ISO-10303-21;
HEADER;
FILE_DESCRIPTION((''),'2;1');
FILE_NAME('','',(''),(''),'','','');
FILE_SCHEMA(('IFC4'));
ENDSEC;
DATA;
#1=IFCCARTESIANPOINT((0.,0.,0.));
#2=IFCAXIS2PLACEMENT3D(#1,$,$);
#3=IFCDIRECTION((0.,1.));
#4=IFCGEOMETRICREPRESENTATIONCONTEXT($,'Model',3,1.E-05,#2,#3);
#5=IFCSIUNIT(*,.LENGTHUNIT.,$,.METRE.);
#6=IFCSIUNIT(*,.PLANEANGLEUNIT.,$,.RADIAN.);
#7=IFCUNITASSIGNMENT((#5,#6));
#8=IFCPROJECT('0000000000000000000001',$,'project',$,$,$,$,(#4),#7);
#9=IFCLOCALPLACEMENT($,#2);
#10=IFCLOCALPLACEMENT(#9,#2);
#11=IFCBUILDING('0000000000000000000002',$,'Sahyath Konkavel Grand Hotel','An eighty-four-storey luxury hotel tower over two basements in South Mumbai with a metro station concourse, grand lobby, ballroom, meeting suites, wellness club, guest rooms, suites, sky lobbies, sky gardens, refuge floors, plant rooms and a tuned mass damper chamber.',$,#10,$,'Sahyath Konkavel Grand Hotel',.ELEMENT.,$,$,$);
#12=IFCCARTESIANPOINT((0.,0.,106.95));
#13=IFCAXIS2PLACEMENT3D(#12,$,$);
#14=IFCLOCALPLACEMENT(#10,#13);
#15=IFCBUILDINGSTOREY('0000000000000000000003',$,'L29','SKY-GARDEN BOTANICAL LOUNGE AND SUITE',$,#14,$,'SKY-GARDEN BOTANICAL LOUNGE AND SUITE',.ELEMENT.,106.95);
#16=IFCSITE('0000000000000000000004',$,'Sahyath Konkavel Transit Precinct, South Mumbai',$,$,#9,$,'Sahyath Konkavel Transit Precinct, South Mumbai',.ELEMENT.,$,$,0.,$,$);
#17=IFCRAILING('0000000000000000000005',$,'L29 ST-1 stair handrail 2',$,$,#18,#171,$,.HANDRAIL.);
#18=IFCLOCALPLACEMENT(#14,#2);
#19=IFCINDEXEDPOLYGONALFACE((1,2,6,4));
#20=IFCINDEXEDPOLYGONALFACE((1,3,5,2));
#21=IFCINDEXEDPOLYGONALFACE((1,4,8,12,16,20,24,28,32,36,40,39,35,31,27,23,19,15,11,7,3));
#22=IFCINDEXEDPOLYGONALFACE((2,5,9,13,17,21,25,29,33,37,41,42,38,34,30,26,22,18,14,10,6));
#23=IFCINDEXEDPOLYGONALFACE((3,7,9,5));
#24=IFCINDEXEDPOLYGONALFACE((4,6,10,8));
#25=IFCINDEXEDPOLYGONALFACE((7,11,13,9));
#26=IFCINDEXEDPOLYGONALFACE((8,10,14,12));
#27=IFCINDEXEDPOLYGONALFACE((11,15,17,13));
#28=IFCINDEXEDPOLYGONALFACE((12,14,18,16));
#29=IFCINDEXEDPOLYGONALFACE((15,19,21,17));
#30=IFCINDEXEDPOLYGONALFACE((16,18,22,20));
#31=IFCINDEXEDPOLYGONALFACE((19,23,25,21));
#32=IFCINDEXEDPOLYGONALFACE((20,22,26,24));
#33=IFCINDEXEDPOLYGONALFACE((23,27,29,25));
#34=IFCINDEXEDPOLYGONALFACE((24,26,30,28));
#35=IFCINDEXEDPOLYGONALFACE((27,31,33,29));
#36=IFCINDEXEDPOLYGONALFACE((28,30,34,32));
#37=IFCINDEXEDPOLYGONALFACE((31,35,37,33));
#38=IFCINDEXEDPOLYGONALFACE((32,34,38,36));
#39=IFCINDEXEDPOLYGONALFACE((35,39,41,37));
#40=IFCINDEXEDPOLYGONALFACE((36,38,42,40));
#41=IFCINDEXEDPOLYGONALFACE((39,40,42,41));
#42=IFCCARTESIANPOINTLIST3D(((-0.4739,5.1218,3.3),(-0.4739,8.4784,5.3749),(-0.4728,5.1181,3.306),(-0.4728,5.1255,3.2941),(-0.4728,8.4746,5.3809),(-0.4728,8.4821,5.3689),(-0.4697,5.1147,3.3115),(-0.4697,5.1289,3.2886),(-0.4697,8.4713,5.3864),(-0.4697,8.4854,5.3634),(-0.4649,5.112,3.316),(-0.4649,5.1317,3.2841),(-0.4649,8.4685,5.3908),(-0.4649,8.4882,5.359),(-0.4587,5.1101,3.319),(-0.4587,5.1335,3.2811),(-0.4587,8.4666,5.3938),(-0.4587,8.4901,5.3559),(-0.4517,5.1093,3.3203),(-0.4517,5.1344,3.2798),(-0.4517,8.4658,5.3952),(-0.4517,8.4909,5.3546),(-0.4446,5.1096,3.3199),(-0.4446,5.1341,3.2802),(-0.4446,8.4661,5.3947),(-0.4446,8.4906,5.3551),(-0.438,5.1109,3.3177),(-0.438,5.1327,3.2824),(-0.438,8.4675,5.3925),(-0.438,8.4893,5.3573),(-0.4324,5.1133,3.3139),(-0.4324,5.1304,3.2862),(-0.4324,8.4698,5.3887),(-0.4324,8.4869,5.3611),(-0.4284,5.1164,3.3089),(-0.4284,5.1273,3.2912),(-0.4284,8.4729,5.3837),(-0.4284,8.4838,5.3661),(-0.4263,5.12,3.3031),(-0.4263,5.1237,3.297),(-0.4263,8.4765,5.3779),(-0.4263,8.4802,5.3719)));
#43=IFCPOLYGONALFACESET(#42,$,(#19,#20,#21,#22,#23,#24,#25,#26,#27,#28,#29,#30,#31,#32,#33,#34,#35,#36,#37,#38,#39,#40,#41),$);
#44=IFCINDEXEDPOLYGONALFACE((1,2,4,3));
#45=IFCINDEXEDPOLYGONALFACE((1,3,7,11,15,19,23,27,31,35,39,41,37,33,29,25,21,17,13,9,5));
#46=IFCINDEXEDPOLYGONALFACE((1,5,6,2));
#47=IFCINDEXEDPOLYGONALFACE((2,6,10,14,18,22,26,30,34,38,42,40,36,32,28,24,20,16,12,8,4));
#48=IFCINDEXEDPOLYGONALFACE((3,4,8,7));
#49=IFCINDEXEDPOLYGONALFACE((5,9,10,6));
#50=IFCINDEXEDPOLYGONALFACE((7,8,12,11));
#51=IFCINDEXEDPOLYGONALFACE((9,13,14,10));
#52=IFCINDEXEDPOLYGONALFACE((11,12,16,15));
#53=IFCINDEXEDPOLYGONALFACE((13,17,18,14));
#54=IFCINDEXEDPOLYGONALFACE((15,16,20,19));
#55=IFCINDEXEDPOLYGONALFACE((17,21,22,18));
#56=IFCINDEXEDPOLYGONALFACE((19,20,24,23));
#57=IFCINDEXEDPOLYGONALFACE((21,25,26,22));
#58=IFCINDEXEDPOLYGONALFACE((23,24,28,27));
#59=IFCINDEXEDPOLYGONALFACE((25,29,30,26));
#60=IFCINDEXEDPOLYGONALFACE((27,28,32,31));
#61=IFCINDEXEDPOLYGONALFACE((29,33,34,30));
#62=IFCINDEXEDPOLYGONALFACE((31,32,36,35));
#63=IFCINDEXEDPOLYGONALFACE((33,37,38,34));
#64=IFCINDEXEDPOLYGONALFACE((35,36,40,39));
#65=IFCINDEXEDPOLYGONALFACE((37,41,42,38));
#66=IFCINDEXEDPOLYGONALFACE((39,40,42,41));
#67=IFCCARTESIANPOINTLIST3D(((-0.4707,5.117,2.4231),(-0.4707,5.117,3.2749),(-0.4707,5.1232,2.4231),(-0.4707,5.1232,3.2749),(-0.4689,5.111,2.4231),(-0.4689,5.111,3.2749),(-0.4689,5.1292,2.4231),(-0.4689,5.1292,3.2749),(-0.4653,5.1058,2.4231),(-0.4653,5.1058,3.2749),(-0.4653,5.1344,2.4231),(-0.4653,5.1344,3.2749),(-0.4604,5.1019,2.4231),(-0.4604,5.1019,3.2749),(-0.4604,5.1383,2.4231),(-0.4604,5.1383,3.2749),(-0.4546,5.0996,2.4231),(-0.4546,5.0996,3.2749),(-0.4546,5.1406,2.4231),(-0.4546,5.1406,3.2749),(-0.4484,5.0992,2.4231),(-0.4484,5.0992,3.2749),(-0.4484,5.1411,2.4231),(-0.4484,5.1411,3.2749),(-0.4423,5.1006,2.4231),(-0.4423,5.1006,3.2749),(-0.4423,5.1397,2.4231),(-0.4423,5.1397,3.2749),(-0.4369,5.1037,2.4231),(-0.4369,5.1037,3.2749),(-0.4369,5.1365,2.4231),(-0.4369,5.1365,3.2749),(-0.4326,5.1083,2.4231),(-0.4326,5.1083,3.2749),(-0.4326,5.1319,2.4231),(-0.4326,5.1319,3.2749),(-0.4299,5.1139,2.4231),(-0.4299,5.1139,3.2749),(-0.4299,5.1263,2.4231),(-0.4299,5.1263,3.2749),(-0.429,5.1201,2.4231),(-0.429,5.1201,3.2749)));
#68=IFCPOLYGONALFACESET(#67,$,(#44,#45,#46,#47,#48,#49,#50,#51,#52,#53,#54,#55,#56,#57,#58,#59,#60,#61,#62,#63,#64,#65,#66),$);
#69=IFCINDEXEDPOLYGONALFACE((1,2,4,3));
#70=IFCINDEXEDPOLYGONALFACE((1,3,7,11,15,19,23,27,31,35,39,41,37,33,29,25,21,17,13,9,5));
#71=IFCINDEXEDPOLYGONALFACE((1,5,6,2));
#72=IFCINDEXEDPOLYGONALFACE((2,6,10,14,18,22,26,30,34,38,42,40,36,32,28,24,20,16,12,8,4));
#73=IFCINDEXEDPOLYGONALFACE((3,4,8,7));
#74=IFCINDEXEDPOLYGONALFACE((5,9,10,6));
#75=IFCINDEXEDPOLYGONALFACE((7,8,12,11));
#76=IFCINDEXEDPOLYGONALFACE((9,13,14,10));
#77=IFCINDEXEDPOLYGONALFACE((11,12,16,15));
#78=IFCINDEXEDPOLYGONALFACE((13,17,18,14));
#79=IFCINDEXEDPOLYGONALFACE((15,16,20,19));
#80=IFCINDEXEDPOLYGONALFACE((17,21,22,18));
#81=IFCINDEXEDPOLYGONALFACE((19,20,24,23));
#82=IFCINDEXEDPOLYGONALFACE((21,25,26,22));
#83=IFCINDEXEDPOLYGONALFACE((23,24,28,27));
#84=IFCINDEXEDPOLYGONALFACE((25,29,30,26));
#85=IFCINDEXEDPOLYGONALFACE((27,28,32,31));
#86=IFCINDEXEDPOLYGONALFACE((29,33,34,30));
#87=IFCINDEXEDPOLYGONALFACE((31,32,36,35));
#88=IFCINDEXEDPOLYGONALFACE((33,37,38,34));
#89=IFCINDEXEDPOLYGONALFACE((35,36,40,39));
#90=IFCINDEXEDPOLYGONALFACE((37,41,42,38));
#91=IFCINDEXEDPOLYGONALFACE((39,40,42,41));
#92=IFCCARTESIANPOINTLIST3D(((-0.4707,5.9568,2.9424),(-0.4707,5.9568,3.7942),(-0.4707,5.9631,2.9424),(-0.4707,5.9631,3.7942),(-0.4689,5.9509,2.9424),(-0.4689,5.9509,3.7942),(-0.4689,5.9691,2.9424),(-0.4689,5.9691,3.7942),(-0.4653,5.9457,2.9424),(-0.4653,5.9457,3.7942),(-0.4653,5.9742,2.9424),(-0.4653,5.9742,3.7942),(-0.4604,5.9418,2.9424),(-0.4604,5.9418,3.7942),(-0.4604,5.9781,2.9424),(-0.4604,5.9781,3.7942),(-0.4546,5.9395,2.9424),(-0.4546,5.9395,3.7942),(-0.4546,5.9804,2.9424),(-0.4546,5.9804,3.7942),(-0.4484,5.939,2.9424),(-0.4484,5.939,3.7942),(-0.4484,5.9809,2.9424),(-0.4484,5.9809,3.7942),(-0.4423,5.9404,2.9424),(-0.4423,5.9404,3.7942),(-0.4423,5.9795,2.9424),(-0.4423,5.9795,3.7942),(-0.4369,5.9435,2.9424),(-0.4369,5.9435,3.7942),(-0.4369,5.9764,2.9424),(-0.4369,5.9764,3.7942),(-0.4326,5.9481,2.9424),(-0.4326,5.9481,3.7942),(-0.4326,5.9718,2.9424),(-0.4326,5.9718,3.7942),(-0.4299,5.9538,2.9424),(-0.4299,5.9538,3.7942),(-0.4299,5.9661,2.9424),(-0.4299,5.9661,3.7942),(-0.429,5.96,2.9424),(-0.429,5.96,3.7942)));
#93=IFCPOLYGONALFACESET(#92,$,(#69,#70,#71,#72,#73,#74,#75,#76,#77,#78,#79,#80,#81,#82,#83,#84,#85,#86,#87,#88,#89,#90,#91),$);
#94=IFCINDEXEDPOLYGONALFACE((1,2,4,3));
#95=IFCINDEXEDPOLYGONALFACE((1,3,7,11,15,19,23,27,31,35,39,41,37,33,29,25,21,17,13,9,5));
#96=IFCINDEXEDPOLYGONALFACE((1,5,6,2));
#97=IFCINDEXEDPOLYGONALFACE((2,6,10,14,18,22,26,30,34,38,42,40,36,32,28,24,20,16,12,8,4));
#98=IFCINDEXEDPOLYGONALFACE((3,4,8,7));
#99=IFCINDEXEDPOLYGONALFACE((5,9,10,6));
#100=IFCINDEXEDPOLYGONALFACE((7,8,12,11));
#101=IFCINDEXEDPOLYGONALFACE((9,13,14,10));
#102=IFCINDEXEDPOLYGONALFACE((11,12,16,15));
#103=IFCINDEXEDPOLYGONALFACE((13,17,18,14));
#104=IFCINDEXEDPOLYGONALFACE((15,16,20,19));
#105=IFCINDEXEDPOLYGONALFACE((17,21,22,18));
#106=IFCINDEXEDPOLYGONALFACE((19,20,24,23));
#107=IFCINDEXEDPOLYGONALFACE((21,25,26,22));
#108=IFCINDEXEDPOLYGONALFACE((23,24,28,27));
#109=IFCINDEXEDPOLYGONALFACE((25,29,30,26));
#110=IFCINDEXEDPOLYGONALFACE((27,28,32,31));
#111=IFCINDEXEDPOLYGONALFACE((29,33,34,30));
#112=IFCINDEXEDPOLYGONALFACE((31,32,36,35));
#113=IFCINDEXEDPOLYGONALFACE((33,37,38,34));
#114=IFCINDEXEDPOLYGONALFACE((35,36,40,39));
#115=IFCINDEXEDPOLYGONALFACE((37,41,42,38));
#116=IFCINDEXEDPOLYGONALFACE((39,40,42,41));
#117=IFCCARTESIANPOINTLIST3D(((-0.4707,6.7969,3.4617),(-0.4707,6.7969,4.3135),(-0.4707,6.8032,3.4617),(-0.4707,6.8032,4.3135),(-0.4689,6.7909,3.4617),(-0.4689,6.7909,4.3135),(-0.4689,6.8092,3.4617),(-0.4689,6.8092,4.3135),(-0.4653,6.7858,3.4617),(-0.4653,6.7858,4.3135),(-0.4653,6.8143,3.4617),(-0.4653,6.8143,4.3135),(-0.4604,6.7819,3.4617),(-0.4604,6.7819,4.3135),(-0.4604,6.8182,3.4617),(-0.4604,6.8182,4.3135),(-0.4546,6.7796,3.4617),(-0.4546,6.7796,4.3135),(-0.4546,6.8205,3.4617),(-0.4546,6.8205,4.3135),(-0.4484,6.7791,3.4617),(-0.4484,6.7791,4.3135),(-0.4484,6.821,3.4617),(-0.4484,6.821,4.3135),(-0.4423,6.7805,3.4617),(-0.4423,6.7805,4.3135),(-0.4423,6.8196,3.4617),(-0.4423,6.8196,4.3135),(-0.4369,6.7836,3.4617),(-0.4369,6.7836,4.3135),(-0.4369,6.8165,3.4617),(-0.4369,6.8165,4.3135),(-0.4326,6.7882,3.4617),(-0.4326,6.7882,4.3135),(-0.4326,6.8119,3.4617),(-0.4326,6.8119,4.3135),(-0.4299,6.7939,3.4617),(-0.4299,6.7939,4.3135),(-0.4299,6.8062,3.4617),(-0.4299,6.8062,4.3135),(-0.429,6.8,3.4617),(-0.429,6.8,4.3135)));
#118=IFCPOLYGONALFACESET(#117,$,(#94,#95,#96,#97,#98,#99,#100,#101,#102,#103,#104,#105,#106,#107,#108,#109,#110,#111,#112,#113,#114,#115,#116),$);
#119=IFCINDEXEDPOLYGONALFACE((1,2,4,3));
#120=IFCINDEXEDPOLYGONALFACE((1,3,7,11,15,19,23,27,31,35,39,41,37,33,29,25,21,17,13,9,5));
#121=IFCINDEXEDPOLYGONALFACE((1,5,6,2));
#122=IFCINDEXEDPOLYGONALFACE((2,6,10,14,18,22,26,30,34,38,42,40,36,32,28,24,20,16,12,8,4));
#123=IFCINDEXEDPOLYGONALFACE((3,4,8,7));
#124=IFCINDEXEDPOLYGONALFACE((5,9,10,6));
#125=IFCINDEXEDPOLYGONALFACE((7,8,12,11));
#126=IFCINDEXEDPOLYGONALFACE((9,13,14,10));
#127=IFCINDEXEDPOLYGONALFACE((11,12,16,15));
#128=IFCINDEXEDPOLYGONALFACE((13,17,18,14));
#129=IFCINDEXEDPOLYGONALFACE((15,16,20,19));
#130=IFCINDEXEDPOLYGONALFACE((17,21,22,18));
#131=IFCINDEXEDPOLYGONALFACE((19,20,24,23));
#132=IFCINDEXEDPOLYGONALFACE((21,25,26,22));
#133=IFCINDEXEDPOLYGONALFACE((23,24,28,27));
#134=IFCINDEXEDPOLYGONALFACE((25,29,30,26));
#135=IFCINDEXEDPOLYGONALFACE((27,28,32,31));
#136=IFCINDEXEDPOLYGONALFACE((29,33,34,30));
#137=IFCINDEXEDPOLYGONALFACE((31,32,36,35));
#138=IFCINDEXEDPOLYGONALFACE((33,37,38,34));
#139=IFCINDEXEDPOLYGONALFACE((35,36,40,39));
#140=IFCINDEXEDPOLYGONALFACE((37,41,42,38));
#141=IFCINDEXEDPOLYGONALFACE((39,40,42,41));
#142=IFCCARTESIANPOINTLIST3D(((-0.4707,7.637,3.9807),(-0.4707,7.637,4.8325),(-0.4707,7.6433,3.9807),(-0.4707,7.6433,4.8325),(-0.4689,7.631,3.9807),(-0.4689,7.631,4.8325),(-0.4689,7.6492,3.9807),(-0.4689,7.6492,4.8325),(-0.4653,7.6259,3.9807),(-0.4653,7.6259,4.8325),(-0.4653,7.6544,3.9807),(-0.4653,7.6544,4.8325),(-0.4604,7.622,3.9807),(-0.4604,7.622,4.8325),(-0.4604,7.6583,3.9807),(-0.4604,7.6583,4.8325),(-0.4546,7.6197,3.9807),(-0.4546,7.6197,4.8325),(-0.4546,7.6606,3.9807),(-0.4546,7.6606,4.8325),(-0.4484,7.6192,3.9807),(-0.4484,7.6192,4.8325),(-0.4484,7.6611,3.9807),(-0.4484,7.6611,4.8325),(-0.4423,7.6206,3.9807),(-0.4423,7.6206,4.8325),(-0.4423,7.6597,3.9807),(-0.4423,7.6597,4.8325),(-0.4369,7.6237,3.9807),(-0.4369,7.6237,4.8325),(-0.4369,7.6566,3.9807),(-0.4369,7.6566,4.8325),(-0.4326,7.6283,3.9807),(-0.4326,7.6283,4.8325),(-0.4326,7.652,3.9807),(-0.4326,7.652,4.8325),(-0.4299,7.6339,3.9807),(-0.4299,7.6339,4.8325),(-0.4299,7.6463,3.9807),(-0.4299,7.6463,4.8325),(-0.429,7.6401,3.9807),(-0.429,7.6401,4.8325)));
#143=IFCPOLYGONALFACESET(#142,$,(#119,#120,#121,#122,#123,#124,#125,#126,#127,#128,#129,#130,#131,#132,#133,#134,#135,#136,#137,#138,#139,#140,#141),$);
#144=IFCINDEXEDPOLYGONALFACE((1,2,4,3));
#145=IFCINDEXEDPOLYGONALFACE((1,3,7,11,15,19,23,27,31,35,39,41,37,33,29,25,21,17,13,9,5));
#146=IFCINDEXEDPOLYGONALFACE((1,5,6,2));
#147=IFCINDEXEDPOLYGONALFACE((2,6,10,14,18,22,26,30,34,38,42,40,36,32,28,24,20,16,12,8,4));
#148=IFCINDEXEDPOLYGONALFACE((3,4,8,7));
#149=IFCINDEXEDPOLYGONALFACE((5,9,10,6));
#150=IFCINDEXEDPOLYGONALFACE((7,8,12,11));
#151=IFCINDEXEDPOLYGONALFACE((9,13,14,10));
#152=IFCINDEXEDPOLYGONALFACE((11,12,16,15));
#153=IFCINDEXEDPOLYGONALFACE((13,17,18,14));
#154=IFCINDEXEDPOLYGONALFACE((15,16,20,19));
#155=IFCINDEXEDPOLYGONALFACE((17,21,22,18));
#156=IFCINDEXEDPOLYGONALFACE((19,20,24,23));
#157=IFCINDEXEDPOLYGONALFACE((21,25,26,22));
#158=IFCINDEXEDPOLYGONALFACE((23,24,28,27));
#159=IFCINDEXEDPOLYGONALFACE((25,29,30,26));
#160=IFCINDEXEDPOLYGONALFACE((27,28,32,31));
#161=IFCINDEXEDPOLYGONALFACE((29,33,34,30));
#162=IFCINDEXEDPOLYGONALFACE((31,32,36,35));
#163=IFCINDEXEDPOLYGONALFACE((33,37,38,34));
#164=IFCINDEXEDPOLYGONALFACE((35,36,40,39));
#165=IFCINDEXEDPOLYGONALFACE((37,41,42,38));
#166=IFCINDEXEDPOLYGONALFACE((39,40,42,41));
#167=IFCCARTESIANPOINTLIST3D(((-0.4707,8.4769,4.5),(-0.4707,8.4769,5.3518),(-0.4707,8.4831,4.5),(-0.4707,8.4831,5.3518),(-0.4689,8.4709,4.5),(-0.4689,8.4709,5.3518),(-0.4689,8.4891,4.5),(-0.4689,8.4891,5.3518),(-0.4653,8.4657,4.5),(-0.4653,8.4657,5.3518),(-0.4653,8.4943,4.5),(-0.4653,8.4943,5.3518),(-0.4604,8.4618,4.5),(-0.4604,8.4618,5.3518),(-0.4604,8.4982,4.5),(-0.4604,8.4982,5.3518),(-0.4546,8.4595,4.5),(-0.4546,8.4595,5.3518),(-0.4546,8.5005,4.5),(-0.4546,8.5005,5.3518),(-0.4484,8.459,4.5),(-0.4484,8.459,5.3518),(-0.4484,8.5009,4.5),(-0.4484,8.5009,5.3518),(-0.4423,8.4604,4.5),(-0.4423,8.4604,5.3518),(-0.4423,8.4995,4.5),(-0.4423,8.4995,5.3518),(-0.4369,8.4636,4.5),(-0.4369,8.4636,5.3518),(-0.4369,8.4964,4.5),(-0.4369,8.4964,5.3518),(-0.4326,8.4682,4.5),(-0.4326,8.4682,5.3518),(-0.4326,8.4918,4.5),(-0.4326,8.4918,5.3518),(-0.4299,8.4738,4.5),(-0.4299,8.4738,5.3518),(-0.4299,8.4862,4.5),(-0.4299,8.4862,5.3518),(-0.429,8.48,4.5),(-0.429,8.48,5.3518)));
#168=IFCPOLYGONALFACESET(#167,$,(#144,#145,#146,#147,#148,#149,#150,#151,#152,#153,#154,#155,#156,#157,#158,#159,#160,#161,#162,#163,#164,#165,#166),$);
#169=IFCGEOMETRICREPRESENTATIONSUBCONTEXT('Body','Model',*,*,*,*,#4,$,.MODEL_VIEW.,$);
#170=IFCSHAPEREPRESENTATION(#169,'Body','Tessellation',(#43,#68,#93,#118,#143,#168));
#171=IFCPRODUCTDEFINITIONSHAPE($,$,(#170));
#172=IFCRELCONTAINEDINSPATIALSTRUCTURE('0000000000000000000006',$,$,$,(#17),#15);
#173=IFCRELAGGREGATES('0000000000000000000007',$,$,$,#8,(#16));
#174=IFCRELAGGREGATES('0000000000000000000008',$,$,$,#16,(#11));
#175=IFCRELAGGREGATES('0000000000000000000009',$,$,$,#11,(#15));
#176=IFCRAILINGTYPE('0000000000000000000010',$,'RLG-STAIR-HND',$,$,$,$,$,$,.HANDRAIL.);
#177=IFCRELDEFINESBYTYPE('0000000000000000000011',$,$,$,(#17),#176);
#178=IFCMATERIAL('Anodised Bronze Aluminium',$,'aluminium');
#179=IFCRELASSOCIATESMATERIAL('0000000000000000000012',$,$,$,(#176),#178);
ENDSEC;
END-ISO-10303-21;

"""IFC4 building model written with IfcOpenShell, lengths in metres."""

from ifc_helpers import new_model, si_unit, direction, frame, origin, origin_2d, place, context, subcontext, project, spatial, circle, extrude, material, type_object, element, save


model = new_model("IFC4")

# Units and contexts
model_context = context("Model", 3, precision=1e-05, world=origin(), true_north=direction((0.0, 1.0)))
body_context = subcontext(model_context, "Body", "Model", "MODEL_VIEW")
ifc_project = project(units=[si_unit("LENGTHUNIT", "METRE"), si_unit("PLANEANGLEUNIT", "RADIAN")], contexts=[model_context])

# Site, building, storey
site_placement = place(None, origin())
site = spatial("IfcSite", under=ifc_project, at=site_placement, Name="Sahyath Konkavel Transit Precinct, South Mumbai", LongName="Sahyath Konkavel Transit Precinct, South Mumbai", CompositionType="ELEMENT", RefElevation=0.0)
building_placement = place(site_placement, origin())
building = spatial("IfcBuilding", under=site, at=building_placement, Name="Sahyath Konkavel Grand Hotel", Description="An eighty-four-storey luxury hotel tower over two basements in South Mumbai with a metro station concourse, grand lobby, ballroom, meeting suites, wellness club, guest rooms, suites, sky lobbies, sky gardens, refuge floors, plant rooms and a tuned mass damper chamber.", LongName="Sahyath Konkavel Grand Hotel", CompositionType="ELEMENT")
storey_placement = place(building_placement, frame((0.0, 0.0, 106.95)))
storey = spatial("IfcBuildingStorey", under=building, at=storey_placement, Name="L29", Description="SKY-GARDEN BOTANICAL LOUNGE AND SUITE", LongName="SKY-GARDEN BOTANICAL LOUNGE AND SUITE", CompositionType="ELEMENT", Elevation=106.95)

# Railing
ifc_material_1 = material(Name="Anodised Bronze Aluminium", Category="aluminium")
railing_type_1 = type_object("IfcRailingType", Name="RLG-STAIR-HND", PredefinedType="HANDRAIL", material=ifc_material_1)
railing_1_placement = place(storey_placement, frame((-0.45, 5.1201, 2.4231)))
element("IfcRailing", 1, at=railing_1_placement, inside=storey, type_object=railing_type_1, Name="L29 ST-1 stair handrail 2", PredefinedType="HANDRAIL", context=body_context, shape_type="SweptSolid", body=[
    extrude(circle(Radius=0.0239, at=origin_2d()), frame((0.0, 0.0017, 0.877), z_axis=(0.0, 0.850606, 0.525803), x_axis=(-1.0, 0.0, 0.0)), (0.0, 0.0, 1.0), 3.946),
    extrude(circle(Radius=0.021, at=origin_2d()), origin(), (0.0, 0.0, 1.0), 0.8518),
    extrude(circle(Radius=0.021, at=origin_2d()), frame((0.0, 0.8398, 0.5193)), (0.0, 0.0, 1.0), 0.8518),
    extrude(circle(Radius=0.021, at=origin_2d()), frame((0.0, 1.6799, 1.0386)), (0.0, 0.0, 1.0), 0.8518),
    extrude(circle(Radius=0.021, at=origin_2d()), frame((0.0, 2.52, 1.5576)), (0.0, 0.0, 1.0), 0.8518),
    extrude(circle(Radius=0.021, at=origin_2d()), frame((0.0, 3.3599, 2.0769)), (0.0, 0.0, 1.0), 0.8518),
])

save(model, "model.ifc")
